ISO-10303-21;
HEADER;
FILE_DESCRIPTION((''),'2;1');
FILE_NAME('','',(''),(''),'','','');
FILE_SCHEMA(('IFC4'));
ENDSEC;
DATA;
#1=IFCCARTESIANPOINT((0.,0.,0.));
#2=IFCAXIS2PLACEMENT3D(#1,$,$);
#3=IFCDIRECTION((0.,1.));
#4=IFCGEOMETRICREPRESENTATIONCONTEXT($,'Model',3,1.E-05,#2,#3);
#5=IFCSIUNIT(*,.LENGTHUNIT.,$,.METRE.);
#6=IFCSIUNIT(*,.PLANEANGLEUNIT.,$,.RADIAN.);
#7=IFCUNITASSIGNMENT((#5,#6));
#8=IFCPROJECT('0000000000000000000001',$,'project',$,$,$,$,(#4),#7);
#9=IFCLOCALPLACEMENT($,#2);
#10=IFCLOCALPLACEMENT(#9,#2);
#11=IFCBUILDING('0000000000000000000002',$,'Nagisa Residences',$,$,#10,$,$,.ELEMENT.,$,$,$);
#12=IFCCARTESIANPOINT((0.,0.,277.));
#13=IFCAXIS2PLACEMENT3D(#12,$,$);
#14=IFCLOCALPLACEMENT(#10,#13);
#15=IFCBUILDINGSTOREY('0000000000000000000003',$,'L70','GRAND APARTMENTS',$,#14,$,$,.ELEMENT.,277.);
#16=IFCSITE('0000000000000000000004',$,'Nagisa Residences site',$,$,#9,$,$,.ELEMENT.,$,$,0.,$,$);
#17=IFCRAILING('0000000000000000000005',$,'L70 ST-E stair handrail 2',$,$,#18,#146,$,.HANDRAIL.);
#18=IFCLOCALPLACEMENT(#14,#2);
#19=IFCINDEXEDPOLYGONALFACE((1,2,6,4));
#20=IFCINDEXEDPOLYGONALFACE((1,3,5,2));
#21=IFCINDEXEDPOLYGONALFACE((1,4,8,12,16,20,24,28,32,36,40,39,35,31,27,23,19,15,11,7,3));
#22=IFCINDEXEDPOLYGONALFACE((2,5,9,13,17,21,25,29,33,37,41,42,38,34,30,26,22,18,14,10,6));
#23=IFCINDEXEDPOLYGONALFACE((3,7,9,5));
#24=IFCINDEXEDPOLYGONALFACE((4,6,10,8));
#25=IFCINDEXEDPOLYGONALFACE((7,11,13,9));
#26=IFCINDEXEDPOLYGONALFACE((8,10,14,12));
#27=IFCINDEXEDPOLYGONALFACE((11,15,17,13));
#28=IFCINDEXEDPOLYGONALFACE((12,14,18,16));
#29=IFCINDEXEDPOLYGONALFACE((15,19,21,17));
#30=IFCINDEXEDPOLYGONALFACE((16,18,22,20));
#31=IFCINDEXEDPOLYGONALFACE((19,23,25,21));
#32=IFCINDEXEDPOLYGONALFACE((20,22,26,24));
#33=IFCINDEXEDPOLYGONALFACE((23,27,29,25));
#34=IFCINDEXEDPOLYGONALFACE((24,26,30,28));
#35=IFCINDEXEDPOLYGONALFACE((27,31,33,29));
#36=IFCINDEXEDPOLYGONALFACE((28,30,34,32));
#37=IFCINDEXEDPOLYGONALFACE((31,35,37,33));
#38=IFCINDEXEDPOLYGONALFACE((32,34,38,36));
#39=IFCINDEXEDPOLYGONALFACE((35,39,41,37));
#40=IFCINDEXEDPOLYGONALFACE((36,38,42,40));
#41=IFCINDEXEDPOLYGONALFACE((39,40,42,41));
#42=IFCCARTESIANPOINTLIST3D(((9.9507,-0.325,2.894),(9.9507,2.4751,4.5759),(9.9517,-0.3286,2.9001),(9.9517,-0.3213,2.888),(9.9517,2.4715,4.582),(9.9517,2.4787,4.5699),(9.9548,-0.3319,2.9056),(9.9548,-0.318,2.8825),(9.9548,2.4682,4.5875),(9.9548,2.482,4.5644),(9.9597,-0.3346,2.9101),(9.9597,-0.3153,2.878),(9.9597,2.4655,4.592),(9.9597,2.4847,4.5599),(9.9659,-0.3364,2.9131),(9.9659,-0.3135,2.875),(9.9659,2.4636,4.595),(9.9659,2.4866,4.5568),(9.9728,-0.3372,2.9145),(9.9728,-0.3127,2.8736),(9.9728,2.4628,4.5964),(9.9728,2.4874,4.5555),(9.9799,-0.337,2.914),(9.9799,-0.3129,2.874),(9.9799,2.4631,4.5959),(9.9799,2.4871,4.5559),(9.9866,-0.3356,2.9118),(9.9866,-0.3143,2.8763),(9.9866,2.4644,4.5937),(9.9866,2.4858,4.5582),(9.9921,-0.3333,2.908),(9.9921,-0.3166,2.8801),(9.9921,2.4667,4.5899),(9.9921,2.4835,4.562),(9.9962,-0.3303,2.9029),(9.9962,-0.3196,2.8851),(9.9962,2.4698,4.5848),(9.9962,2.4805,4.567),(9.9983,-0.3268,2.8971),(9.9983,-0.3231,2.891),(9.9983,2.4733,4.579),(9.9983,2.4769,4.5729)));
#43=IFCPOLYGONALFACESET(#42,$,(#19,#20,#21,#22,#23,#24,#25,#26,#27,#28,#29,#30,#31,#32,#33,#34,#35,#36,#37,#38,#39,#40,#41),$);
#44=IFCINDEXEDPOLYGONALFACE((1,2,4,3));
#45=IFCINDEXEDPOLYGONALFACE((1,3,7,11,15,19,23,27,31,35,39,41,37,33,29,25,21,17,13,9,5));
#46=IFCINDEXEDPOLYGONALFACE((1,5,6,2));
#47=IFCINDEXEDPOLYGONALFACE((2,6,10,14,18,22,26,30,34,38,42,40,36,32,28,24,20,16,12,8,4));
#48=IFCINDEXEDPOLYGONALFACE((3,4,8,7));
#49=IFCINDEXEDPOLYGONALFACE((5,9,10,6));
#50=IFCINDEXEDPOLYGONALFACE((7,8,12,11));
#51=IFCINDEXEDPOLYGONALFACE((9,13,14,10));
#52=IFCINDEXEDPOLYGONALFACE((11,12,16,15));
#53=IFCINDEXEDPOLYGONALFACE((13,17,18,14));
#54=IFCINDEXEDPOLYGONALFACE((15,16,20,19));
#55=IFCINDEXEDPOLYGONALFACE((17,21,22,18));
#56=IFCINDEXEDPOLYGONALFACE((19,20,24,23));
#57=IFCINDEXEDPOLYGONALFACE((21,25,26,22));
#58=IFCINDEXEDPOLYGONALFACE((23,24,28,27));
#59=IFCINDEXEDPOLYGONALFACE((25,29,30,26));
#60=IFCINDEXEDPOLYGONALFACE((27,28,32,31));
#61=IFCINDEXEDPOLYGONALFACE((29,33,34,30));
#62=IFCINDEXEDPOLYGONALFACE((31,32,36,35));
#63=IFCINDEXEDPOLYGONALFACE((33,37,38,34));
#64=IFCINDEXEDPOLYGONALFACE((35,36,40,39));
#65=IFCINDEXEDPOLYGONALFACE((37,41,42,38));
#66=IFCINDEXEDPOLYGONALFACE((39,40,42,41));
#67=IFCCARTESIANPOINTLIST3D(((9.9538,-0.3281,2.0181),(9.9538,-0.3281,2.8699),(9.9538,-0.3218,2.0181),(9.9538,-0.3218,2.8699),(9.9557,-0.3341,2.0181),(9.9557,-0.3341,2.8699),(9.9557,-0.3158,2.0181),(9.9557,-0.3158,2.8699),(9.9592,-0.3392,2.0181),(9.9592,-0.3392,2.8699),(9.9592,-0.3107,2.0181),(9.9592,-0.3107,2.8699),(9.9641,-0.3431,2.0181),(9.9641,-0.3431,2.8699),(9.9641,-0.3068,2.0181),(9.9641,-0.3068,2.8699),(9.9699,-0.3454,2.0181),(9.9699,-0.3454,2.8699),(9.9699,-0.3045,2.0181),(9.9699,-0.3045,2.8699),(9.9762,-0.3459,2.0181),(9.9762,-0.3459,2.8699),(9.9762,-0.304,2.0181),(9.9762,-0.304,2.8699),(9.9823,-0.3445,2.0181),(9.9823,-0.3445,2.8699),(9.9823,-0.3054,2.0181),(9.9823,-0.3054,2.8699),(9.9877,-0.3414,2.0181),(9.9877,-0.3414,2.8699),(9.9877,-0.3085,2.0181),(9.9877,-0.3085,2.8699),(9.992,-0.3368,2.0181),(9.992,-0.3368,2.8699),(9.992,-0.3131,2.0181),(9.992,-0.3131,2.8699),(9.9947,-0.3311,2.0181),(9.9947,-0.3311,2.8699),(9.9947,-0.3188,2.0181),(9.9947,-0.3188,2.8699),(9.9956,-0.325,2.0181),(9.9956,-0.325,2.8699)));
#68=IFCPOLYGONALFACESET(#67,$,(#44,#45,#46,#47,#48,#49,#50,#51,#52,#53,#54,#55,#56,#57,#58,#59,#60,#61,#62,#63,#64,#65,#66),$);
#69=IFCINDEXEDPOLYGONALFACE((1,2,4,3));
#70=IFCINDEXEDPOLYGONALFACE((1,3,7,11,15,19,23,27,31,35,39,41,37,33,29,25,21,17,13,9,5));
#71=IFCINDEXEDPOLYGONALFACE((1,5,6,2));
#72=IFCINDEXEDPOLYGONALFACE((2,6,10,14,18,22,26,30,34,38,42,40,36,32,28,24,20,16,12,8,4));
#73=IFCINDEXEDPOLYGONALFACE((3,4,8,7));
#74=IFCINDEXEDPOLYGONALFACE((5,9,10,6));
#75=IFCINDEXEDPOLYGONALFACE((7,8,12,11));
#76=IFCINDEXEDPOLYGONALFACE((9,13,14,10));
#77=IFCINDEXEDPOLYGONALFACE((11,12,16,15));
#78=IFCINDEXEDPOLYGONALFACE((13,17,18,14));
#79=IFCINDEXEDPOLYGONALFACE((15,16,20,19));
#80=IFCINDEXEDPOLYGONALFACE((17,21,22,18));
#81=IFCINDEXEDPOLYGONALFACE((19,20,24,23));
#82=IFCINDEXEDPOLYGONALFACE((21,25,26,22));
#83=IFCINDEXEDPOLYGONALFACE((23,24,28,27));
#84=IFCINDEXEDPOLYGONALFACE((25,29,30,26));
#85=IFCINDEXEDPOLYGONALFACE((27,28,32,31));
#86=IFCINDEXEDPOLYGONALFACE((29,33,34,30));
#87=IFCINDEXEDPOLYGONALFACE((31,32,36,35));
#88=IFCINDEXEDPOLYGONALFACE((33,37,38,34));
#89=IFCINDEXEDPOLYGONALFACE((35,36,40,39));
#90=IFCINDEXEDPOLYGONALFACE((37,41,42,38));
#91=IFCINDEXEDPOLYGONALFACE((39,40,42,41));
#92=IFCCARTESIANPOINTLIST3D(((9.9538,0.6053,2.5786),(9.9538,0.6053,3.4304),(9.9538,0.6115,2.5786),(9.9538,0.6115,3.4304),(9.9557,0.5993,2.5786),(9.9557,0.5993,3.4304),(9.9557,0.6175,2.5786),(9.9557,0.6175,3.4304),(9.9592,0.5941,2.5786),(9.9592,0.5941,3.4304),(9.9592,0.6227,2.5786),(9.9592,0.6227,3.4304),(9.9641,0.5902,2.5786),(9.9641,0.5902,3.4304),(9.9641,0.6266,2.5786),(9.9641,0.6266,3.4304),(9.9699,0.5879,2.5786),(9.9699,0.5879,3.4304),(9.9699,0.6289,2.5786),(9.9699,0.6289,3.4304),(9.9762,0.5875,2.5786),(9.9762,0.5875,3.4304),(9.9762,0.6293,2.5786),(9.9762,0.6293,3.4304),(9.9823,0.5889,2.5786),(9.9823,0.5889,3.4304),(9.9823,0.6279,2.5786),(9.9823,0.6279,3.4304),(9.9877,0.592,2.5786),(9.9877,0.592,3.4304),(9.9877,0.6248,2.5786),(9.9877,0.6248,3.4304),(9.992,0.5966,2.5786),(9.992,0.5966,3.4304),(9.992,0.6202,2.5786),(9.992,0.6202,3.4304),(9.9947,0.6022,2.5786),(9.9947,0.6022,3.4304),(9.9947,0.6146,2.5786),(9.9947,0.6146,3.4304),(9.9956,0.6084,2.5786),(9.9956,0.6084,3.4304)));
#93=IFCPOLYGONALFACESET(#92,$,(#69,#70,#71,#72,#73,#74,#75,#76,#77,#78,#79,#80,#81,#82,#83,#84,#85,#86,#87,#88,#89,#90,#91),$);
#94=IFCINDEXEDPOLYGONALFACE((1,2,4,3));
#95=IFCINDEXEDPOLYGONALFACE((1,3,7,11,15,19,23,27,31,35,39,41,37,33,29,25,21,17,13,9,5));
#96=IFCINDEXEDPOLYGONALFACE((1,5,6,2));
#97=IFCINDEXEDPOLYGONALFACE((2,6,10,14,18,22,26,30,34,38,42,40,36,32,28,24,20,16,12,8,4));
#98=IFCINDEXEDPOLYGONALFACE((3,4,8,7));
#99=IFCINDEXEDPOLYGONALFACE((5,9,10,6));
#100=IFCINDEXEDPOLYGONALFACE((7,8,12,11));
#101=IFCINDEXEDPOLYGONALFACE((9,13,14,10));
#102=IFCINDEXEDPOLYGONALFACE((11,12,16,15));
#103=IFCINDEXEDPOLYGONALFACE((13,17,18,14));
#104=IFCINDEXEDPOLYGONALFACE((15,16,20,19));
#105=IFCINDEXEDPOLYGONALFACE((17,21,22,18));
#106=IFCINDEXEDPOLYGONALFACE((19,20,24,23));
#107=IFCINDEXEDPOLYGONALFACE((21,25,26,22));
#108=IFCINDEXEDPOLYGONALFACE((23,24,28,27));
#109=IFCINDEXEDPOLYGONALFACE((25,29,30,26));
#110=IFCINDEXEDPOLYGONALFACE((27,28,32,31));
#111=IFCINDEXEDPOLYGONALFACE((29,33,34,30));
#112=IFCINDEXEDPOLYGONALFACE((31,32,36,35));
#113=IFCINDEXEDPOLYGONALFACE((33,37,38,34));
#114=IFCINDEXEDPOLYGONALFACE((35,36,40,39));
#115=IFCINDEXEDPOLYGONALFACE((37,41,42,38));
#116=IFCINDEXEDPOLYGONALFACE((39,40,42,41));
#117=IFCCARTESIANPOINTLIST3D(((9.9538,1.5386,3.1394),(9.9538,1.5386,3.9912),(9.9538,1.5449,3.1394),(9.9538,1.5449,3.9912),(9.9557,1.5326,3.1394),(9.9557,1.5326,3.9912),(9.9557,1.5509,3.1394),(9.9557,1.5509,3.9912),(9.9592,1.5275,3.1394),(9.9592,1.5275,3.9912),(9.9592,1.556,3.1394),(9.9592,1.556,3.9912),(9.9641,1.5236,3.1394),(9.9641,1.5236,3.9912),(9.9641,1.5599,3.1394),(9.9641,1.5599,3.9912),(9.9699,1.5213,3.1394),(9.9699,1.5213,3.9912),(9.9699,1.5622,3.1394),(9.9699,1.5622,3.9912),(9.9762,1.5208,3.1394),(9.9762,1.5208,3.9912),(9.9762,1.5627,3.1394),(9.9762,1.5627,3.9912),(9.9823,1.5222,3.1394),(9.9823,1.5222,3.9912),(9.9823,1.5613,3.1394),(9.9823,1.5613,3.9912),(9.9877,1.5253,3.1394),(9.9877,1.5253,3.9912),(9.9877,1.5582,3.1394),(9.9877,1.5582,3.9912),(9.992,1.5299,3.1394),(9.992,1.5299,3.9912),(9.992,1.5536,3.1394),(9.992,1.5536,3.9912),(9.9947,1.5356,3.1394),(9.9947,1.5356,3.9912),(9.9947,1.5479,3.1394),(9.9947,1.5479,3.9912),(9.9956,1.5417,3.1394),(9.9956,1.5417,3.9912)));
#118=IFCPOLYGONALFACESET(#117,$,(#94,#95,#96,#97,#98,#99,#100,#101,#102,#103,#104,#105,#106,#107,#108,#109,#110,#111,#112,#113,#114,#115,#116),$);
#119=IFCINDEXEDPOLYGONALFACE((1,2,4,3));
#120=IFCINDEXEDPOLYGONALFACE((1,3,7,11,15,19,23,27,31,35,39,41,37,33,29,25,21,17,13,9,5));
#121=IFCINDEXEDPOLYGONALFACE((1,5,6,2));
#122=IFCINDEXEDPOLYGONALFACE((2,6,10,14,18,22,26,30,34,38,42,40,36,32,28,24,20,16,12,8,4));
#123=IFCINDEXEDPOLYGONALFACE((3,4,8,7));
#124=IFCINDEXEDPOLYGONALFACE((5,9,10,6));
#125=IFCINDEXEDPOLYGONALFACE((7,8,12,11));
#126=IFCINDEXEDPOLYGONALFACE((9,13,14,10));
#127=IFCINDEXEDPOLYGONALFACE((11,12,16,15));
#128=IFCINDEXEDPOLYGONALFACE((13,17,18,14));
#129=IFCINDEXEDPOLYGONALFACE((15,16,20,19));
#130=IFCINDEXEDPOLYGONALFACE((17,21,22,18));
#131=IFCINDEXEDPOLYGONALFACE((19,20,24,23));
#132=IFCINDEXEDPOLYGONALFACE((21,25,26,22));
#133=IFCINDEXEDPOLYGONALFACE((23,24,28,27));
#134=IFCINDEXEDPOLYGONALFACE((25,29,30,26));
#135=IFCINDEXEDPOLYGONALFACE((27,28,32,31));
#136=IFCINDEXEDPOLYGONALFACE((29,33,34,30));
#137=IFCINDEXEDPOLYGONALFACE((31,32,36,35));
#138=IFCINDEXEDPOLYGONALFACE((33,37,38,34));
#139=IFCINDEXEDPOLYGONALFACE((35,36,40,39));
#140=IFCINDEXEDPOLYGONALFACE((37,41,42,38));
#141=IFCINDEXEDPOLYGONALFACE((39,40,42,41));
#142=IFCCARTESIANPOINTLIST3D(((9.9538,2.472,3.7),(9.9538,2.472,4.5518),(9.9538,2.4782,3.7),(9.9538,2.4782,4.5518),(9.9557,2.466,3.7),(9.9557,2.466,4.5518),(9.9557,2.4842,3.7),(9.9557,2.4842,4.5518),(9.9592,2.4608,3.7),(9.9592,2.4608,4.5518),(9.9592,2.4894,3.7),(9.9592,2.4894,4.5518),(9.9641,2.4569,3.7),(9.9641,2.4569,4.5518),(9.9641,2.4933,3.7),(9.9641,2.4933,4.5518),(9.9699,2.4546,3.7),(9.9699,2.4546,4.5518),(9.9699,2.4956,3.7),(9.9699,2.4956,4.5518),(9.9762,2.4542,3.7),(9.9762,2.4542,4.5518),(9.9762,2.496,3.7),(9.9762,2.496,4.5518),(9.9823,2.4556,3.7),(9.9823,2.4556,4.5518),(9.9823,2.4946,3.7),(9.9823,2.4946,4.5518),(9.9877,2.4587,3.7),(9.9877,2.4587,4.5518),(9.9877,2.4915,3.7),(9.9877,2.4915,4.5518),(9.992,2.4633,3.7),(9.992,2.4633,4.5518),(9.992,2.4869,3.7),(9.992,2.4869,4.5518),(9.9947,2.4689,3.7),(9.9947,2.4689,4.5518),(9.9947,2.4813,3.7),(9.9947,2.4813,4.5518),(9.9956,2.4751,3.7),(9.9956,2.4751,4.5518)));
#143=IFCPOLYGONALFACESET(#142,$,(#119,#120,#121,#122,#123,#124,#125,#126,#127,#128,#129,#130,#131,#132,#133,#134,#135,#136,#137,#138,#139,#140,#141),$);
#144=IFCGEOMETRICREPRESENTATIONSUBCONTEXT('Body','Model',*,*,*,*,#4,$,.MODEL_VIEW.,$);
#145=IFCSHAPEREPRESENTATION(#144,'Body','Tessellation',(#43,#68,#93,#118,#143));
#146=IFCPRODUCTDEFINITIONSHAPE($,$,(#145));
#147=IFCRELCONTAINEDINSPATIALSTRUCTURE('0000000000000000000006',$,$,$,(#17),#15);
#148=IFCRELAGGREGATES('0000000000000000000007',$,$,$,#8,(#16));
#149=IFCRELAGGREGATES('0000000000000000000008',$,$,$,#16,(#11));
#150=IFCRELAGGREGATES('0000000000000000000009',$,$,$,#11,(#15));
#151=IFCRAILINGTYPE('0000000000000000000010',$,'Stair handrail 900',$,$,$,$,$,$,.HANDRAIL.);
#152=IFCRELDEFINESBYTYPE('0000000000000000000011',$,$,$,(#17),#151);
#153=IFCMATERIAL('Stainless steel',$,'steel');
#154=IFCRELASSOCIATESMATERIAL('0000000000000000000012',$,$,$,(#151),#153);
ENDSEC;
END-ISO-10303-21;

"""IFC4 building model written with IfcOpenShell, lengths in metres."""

from ifc_helpers import new_model, si_unit, direction, frame, origin, origin_2d, place, context, subcontext, project, spatial, circle, extrude, material, type_object, element, save


model = new_model("IFC4")

# Units and contexts
model_context = context("Model", 3, precision=1e-05, world=origin(), true_north=direction((0.0, 1.0)))
body_context = subcontext(model_context, "Body", "Model", "MODEL_VIEW")
ifc_project = project(units=[si_unit("LENGTHUNIT", "METRE"), si_unit("PLANEANGLEUNIT", "RADIAN")], contexts=[model_context])

# Site, building, storey
site_placement = place(None, origin())
site = spatial("IfcSite", under=ifc_project, at=site_placement, Name="Nagisa Residences site", CompositionType="ELEMENT", RefElevation=0.0)
building_placement = place(site_placement, origin())
building = spatial("IfcBuilding", under=site, at=building_placement, Name="Nagisa Residences", CompositionType="ELEMENT")
storey_placement = place(building_placement, frame((0.0, 0.0, 277.0)))
storey = spatial("IfcBuildingStorey", under=building, at=storey_placement, Name="L70", Description="GRAND APARTMENTS", CompositionType="ELEMENT", Elevation=277.0)

# Railing
ifc_material_1 = material(Name="Stainless steel", Category="steel")
railing_type_1 = type_object("IfcRailingType", Name="Stair handrail 900", PredefinedType="HANDRAIL", material=ifc_material_1)
railing_1_placement = place(storey_placement, frame((9.9746, -0.325, 2.0181)))
element("IfcRailing", 1, at=railing_1_placement, inside=storey, type_object=railing_type_1, Name="L70 ST-E stair handrail 2", PredefinedType="HANDRAIL", context=body_context, shape_type="SweptSolid", body=[
    extrude(circle(Radius=0.0239, at=origin_2d()), frame((0.0, 0.0, 0.876), z_axis=(0.0, 0.857242, 0.514913), x_axis=(-1.0, 0.0, 0.0)), (0.0, 0.0, 1.0), 3.2664),
    extrude(circle(Radius=0.021, at=origin_2d()), origin(), (0.0, 0.0, 1.0), 0.8518),
    extrude(circle(Radius=0.021, at=origin_2d()), frame((0.0, 0.9333, 0.5605)), (0.0, 0.0, 1.0), 0.8518),
    extrude(circle(Radius=0.021, at=origin_2d()), frame((0.0, 1.8667, 1.1213)), (0.0, 0.0, 1.0), 0.8518),
    extrude(circle(Radius=0.021, at=origin_2d()), frame((0.0, 2.8, 1.6819)), (0.0, 0.0, 1.0), 0.8518),
])

save(model, "model.ifc")
